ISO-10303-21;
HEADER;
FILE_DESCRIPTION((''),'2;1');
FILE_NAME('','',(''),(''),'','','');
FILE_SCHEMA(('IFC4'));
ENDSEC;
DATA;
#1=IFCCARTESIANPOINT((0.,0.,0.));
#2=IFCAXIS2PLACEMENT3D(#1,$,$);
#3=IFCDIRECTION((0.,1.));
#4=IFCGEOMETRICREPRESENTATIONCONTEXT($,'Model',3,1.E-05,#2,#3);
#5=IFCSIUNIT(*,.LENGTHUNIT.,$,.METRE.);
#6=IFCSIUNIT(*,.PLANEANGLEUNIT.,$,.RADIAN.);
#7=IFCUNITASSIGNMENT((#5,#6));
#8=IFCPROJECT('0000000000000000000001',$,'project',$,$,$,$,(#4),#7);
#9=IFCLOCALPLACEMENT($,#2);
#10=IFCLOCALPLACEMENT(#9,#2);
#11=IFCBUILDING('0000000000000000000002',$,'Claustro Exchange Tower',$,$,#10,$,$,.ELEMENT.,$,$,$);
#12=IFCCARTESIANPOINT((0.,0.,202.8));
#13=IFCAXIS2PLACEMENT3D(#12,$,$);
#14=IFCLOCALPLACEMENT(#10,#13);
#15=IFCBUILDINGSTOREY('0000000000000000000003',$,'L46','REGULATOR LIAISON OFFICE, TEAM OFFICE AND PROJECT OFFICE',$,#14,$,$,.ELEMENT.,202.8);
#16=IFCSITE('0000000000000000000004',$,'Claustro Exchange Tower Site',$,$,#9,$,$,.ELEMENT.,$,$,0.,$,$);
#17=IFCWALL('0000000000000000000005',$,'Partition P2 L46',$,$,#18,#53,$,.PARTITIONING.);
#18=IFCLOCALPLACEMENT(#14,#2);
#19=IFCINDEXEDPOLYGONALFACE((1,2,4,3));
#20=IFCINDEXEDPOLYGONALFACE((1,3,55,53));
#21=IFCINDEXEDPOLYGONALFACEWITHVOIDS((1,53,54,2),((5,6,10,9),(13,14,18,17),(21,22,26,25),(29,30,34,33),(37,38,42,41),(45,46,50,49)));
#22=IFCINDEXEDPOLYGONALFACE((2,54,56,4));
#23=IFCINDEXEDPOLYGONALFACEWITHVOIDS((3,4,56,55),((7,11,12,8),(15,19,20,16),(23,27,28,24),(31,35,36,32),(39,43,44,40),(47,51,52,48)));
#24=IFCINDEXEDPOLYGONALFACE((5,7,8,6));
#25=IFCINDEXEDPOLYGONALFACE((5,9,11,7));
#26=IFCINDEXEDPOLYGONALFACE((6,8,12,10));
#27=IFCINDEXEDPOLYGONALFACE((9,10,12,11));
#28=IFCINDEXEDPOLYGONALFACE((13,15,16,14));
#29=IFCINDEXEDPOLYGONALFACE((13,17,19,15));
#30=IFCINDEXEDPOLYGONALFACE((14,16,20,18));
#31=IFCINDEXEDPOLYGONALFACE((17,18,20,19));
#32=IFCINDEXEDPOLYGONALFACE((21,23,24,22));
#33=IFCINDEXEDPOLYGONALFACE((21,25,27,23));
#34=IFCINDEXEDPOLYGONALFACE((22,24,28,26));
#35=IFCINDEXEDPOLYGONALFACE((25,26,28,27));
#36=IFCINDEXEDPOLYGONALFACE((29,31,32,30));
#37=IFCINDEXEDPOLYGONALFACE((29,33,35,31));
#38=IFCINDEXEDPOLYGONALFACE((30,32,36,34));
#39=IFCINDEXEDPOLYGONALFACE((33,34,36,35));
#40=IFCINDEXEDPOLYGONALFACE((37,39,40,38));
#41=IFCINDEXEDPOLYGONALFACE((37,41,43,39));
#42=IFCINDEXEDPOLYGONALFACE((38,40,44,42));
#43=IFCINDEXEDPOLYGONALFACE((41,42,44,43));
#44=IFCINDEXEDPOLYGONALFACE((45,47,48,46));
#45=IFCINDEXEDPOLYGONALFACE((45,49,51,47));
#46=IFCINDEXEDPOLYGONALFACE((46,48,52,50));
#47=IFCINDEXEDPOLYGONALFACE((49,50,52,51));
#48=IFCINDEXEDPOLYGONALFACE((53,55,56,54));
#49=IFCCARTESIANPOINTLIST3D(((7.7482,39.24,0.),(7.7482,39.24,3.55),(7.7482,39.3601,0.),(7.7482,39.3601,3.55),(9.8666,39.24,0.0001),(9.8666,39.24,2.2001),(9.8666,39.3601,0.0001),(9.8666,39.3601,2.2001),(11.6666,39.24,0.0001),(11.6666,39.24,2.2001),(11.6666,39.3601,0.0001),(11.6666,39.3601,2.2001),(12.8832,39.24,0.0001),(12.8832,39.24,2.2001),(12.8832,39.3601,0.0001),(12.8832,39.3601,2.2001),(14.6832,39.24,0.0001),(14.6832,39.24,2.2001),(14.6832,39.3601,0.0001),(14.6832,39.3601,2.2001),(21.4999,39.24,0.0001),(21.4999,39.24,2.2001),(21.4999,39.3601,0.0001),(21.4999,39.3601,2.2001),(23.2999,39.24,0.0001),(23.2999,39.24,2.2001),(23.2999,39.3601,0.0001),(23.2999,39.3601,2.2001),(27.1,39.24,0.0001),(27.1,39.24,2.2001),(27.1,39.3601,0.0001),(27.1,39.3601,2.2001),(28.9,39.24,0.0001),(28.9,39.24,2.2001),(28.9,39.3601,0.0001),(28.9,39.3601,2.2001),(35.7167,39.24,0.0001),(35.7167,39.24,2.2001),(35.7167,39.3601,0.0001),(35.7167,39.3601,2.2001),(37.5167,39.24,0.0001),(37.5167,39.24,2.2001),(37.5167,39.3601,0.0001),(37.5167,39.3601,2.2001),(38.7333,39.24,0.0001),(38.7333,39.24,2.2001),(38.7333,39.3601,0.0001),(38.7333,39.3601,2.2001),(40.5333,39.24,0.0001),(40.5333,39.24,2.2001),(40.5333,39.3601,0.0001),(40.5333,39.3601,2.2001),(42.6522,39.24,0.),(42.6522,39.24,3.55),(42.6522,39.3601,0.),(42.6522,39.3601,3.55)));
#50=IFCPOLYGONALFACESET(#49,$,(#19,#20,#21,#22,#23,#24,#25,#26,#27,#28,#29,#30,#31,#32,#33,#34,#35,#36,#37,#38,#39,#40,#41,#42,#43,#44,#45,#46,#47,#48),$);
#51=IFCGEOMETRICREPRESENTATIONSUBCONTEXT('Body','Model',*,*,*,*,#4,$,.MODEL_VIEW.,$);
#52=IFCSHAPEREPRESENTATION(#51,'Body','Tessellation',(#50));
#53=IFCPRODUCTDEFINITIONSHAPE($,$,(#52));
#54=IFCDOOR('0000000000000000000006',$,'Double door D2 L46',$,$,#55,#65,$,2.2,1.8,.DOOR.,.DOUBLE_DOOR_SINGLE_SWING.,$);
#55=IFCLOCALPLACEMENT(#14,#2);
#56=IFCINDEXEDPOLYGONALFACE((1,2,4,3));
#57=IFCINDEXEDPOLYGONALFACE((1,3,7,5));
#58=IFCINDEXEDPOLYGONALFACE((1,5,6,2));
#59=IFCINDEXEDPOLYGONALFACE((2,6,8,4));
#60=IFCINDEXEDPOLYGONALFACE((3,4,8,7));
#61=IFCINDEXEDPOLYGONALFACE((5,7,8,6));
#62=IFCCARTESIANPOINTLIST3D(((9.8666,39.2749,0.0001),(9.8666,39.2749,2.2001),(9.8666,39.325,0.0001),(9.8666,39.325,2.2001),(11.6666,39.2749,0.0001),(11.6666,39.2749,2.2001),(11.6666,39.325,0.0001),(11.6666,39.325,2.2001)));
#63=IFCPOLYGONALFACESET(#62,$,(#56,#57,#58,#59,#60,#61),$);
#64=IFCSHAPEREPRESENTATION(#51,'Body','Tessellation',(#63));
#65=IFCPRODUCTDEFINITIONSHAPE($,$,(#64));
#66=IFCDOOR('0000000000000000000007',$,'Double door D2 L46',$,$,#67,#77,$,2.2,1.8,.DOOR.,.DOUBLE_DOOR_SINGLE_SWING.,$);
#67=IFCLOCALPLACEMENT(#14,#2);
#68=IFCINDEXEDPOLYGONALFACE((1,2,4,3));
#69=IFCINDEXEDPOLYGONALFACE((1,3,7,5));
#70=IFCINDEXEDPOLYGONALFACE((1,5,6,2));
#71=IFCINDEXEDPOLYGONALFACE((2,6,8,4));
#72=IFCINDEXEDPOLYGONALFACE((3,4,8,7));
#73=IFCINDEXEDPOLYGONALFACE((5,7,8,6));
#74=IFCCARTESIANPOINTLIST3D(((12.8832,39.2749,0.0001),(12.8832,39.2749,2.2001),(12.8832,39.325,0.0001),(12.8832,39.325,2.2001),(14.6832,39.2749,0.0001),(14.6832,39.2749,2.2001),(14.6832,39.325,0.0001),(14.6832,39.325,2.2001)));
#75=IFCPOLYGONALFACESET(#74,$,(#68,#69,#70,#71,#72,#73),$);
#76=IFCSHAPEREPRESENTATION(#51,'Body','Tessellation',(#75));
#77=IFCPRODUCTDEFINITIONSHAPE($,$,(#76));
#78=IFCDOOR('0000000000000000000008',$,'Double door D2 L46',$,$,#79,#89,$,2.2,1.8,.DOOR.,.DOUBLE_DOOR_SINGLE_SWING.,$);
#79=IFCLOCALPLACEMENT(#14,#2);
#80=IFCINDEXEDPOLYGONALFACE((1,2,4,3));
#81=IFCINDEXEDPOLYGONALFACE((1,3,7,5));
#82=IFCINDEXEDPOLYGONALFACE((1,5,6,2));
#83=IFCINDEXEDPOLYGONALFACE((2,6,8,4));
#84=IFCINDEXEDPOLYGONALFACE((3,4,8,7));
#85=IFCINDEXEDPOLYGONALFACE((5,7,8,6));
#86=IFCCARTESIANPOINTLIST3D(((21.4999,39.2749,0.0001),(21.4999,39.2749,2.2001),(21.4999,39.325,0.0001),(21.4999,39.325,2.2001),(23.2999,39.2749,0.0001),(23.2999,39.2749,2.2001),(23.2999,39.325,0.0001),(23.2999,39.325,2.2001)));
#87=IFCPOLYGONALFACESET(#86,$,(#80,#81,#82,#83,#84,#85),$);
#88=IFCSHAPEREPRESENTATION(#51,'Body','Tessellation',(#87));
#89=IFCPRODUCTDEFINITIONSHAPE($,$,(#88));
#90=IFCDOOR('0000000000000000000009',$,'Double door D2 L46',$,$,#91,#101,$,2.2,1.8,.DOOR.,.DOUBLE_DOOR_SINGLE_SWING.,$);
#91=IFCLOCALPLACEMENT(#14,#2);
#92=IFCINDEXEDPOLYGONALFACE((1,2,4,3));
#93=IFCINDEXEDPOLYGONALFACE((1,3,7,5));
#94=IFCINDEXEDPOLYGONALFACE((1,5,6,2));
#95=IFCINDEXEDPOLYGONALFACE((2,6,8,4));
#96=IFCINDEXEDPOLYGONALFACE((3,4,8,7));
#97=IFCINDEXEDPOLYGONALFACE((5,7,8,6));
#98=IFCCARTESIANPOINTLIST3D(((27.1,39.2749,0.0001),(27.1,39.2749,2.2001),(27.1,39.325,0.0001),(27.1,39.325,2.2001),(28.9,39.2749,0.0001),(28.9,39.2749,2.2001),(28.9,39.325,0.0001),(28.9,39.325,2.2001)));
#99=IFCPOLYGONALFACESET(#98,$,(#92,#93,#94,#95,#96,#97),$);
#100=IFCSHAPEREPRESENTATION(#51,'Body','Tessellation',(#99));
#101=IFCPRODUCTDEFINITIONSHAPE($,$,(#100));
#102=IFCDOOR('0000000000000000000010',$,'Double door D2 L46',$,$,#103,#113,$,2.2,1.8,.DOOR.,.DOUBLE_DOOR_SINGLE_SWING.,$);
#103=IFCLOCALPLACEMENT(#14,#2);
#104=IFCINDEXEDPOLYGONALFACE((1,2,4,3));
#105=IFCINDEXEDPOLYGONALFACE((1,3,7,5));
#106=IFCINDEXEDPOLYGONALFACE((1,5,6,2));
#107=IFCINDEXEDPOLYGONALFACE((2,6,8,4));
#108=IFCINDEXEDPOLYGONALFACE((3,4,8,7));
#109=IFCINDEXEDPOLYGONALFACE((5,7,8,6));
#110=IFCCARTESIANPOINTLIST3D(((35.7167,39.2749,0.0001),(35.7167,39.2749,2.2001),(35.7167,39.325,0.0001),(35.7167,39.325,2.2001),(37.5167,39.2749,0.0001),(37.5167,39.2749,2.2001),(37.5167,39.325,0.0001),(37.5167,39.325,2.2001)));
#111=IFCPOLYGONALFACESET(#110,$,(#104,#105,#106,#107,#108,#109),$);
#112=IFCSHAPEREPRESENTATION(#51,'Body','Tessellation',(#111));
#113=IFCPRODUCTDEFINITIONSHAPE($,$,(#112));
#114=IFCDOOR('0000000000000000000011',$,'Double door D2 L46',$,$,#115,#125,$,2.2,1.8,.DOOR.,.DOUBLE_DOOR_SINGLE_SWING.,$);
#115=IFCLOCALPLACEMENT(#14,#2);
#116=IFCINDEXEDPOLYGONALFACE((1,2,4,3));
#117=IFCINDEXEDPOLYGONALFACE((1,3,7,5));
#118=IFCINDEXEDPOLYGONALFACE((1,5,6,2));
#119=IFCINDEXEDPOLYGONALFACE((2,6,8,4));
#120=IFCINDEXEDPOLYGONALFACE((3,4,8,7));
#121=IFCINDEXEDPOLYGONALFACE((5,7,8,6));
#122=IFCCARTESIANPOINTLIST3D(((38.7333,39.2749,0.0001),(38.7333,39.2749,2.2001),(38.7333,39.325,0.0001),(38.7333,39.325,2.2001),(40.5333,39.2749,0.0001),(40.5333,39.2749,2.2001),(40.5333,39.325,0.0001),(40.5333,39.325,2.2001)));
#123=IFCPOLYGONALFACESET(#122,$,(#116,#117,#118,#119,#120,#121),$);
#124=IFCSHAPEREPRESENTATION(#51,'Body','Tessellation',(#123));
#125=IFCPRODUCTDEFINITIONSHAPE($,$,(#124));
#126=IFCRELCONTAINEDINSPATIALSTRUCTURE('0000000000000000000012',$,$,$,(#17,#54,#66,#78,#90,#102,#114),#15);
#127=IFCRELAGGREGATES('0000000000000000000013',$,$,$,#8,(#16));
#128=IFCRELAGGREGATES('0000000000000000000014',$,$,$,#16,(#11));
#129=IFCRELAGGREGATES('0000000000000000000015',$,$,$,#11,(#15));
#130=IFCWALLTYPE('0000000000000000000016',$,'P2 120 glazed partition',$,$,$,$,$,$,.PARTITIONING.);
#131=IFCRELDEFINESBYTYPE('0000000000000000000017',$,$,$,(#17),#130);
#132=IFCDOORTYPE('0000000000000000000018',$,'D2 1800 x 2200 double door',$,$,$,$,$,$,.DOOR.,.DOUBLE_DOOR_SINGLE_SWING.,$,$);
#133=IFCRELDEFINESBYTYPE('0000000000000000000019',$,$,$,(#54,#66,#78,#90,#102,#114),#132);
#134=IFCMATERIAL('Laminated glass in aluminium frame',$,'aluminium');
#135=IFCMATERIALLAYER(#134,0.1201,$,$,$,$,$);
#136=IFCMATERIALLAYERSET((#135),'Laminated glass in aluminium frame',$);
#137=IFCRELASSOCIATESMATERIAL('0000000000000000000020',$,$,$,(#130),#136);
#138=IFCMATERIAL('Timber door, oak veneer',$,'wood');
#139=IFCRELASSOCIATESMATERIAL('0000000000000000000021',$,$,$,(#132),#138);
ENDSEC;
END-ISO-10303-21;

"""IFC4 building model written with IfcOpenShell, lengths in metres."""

from ifc_helpers import new_model, si_unit, direction, frame, frame_2d, origin, place, context, subcontext, project, spatial, rectangle, extrude, material, layer, layer_set, type_object, element, fill, save


model = new_model("IFC4")

# Units and contexts
model_context = context("Model", 3, precision=1e-05, world=origin(), true_north=direction((0.0, 1.0)))
body_context = subcontext(model_context, "Body", "Model", "MODEL_VIEW")
ifc_project = project(units=[si_unit("LENGTHUNIT", "METRE"), si_unit("PLANEANGLEUNIT", "RADIAN")], contexts=[model_context])

# Site, building, storey
site_placement = place(None, origin())
site = spatial("IfcSite", under=ifc_project, at=site_placement, Name="Claustro Exchange Tower Site", CompositionType="ELEMENT", RefElevation=0.0)
building_placement = place(site_placement, origin())
building = spatial("IfcBuilding", under=site, at=building_placement, Name="Claustro Exchange Tower", CompositionType="ELEMENT")
storey_placement = place(building_placement, frame((0.0, 0.0, 202.8)))
storey = spatial("IfcBuildingStorey", under=building, at=storey_placement, Name="L46", Description="REGULATOR LIAISON OFFICE, TEAM OFFICE AND PROJECT OFFICE", CompositionType="ELEMENT", Elevation=202.8)

# Shared definitions
ifc_material_1 = material(Name="Laminated glass in aluminium frame", Category="aluminium")
ifc_layer_1 = layer(ifc_material_1, 0.1201)
ifc_layer_set_1 = layer_set([ifc_layer_1], Name="Laminated glass in aluminium frame")
wall_type_1 = type_object("IfcWallType", Name="P2 120 glazed partition", PredefinedType="PARTITIONING", material=ifc_layer_set_1)

# Wall, openings, doors
wall_1_placement = place(storey_placement, frame((7.748, 39.3, 0.0), z_axis=(0.0, 0.0, 1.0), x_axis=(1.0, 0.0, 0.0)))
wall_1 = element("IfcWall", 1, at=wall_1_placement, inside=storey, type_object=wall_type_1, Name="Partition P2 L46", PredefinedType="PARTITIONING", context=body_context, shape_type="SweptSolid", body=[
    extrude(rectangle(XDim=34.9041, YDim=0.1201, at=frame_2d((17.4521, 0.0))), origin(), (0.0, 0.0, 1.0), 3.55),
])
opening_1_placement = place(wall_1_placement, frame((2.1187, 0.0, 0.0)))
opening_1 = element("IfcOpeningElement", 2, at=opening_1_placement, cuts=wall_1, PredefinedType="OPENING", context=body_context, shape_type="SweptSolid", body=[
    extrude(rectangle(XDim=1.8, YDim=2.2, at=frame_2d((0.8999, 1.1001))), frame((0.0, 0.0701, 0.0), z_axis=(0.0, -1.0, 0.0), x_axis=(1.0, 0.0, 0.0)), (0.0, 0.0, 1.0), 0.1401),
])
opening_2_placement = place(wall_1_placement, frame((5.1353, 0.0, 0.0)))
opening_2 = element("IfcOpeningElement", 3, at=opening_2_placement, cuts=wall_1, PredefinedType="OPENING", context=body_context, shape_type="SweptSolid", body=[
    extrude(rectangle(XDim=1.8, YDim=2.2, at=frame_2d((0.8999, 1.1001))), frame((0.0, 0.0701, 0.0), z_axis=(0.0, -1.0, 0.0), x_axis=(1.0, 0.0, 0.0)), (0.0, 0.0, 1.0), 0.1401),
])
opening_3_placement = place(wall_1_placement, frame((13.752, 0.0, 0.0)))
opening_3 = element("IfcOpeningElement", 4, at=opening_3_placement, cuts=wall_1, PredefinedType="OPENING", context=body_context, shape_type="SweptSolid", body=[
    extrude(rectangle(XDim=1.8, YDim=2.2, at=frame_2d((0.8999, 1.1001))), frame((0.0, 0.0701, 0.0), z_axis=(0.0, -1.0, 0.0), x_axis=(1.0, 0.0, 0.0)), (0.0, 0.0, 1.0), 0.1401),
])
opening_4_placement = place(wall_1_placement, frame((19.3521, 0.0, 0.0)))
opening_4 = element("IfcOpeningElement", 5, at=opening_4_placement, cuts=wall_1, PredefinedType="OPENING", context=body_context, shape_type="SweptSolid", body=[
    extrude(rectangle(XDim=1.8, YDim=2.2, at=frame_2d((0.8999, 1.1001))), frame((0.0, 0.0701, 0.0), z_axis=(0.0, -1.0, 0.0), x_axis=(1.0, 0.0, 0.0)), (0.0, 0.0, 1.0), 0.1401),
])
opening_5_placement = place(wall_1_placement, frame((27.9688, 0.0, 0.0)))
opening_5 = element("IfcOpeningElement", 6, at=opening_5_placement, cuts=wall_1, PredefinedType="OPENING", context=body_context, shape_type="SweptSolid", body=[
    extrude(rectangle(XDim=1.8, YDim=2.2, at=frame_2d((0.8999, 1.1001))), frame((0.0, 0.0701, 0.0), z_axis=(0.0, -1.0, 0.0), x_axis=(1.0, 0.0, 0.0)), (0.0, 0.0, 1.0), 0.1401),
])
opening_6_placement = place(wall_1_placement, frame((30.9854, 0.0, 0.0)))
opening_6 = element("IfcOpeningElement", 7, at=opening_6_placement, cuts=wall_1, PredefinedType="OPENING", context=body_context, shape_type="SweptSolid", body=[
    extrude(rectangle(XDim=1.8, YDim=2.2, at=frame_2d((0.8999, 1.1001))), frame((0.0, 0.0701, 0.0), z_axis=(0.0, -1.0, 0.0), x_axis=(1.0, 0.0, 0.0)), (0.0, 0.0, 1.0), 0.1401),
])
ifc_material_2 = material(Name="Timber door, oak veneer", Category="wood")
door_type_1 = type_object("IfcDoorType", Name="D2 1800 x 2200 double door", OperationType="DOUBLE_DOOR_SINGLE_SWING", PredefinedType="DOOR", material=ifc_material_2)
door_1_placement = place(opening_1_placement, origin())
door_1 = element("IfcDoor", 8, at=door_1_placement, inside=storey, type_object=door_type_1, Name="Double door D2 L46", OperationType="DOUBLE_DOOR_SINGLE_SWING", OverallHeight=2.2, OverallWidth=1.8, PredefinedType="DOOR", context=body_context, shape_type="SweptSolid", body=[
    extrude(rectangle(XDim=1.8, YDim=2.2, at=frame_2d((0.8999, 1.1001))), frame((0.0, 0.0249, 0.0), z_axis=(0.0, -1.0, 0.0), x_axis=(1.0, 0.0, 0.0)), (0.0, 0.0, 1.0), 0.05),
])
fill(opening_1, door_1)
door_2_placement = place(opening_2_placement, origin())
door_2 = element("IfcDoor", 9, at=door_2_placement, inside=storey, type_object=door_type_1, Name="Double door D2 L46", OperationType="DOUBLE_DOOR_SINGLE_SWING", OverallHeight=2.2, OverallWidth=1.8, PredefinedType="DOOR", context=body_context, shape_type="SweptSolid", body=[
    extrude(rectangle(XDim=1.8, YDim=2.2, at=frame_2d((0.8999, 1.1001))), frame((0.0, 0.0249, 0.0), z_axis=(0.0, -1.0, 0.0), x_axis=(1.0, 0.0, 0.0)), (0.0, 0.0, 1.0), 0.05),
])
fill(opening_2, door_2)
door_3_placement = place(opening_3_placement, origin())
door_3 = element("IfcDoor", 10, at=door_3_placement, inside=storey, type_object=door_type_1, Name="Double door D2 L46", OperationType="DOUBLE_DOOR_SINGLE_SWING", OverallHeight=2.2, OverallWidth=1.8, PredefinedType="DOOR", context=body_context, shape_type="SweptSolid", body=[
    extrude(rectangle(XDim=1.8, YDim=2.2, at=frame_2d((0.8999, 1.1001))), frame((0.0, 0.0249, 0.0), z_axis=(0.0, -1.0, 0.0), x_axis=(1.0, 0.0, 0.0)), (0.0, 0.0, 1.0), 0.05),
])
fill(opening_3, door_3)
door_4_placement = place(opening_4_placement, origin())
door_4 = element("IfcDoor", 11, at=door_4_placement, inside=storey, type_object=door_type_1, Name="Double door D2 L46", OperationType="DOUBLE_DOOR_SINGLE_SWING", OverallHeight=2.2, OverallWidth=1.8, PredefinedType="DOOR", context=body_context, shape_type="SweptSolid", body=[
    extrude(rectangle(XDim=1.8, YDim=2.2, at=frame_2d((0.8999, 1.1001))), frame((0.0, 0.0249, 0.0), z_axis=(0.0, -1.0, 0.0), x_axis=(1.0, 0.0, 0.0)), (0.0, 0.0, 1.0), 0.05),
])
fill(opening_4, door_4)
door_5_placement = place(opening_5_placement, origin())
door_5 = element("IfcDoor", 12, at=door_5_placement, inside=storey, type_object=door_type_1, Name="Double door D2 L46", OperationType="DOUBLE_DOOR_SINGLE_SWING", OverallHeight=2.2, OverallWidth=1.8, PredefinedType="DOOR", context=body_context, shape_type="SweptSolid", body=[
    extrude(rectangle(XDim=1.8, YDim=2.2, at=frame_2d((0.8999, 1.1001))), frame((0.0, 0.0249, 0.0), z_axis=(0.0, -1.0, 0.0), x_axis=(1.0, 0.0, 0.0)), (0.0, 0.0, 1.0), 0.05),
])
fill(opening_5, door_5)
door_6_placement = place(opening_6_placement, origin())
door_6 = element("IfcDoor", 13, at=door_6_placement, inside=storey, type_object=door_type_1, Name="Double door D2 L46", OperationType="DOUBLE_DOOR_SINGLE_SWING", OverallHeight=2.2, OverallWidth=1.8, PredefinedType="DOOR", context=body_context, shape_type="SweptSolid", body=[
    extrude(rectangle(XDim=1.8, YDim=2.2, at=frame_2d((0.8999, 1.1001))), frame((0.0, 0.0249, 0.0), z_axis=(0.0, -1.0, 0.0), x_axis=(1.0, 0.0, 0.0)), (0.0, 0.0, 1.0), 0.05),
])
fill(opening_6, door_6)

save(model, "model.ifc")
